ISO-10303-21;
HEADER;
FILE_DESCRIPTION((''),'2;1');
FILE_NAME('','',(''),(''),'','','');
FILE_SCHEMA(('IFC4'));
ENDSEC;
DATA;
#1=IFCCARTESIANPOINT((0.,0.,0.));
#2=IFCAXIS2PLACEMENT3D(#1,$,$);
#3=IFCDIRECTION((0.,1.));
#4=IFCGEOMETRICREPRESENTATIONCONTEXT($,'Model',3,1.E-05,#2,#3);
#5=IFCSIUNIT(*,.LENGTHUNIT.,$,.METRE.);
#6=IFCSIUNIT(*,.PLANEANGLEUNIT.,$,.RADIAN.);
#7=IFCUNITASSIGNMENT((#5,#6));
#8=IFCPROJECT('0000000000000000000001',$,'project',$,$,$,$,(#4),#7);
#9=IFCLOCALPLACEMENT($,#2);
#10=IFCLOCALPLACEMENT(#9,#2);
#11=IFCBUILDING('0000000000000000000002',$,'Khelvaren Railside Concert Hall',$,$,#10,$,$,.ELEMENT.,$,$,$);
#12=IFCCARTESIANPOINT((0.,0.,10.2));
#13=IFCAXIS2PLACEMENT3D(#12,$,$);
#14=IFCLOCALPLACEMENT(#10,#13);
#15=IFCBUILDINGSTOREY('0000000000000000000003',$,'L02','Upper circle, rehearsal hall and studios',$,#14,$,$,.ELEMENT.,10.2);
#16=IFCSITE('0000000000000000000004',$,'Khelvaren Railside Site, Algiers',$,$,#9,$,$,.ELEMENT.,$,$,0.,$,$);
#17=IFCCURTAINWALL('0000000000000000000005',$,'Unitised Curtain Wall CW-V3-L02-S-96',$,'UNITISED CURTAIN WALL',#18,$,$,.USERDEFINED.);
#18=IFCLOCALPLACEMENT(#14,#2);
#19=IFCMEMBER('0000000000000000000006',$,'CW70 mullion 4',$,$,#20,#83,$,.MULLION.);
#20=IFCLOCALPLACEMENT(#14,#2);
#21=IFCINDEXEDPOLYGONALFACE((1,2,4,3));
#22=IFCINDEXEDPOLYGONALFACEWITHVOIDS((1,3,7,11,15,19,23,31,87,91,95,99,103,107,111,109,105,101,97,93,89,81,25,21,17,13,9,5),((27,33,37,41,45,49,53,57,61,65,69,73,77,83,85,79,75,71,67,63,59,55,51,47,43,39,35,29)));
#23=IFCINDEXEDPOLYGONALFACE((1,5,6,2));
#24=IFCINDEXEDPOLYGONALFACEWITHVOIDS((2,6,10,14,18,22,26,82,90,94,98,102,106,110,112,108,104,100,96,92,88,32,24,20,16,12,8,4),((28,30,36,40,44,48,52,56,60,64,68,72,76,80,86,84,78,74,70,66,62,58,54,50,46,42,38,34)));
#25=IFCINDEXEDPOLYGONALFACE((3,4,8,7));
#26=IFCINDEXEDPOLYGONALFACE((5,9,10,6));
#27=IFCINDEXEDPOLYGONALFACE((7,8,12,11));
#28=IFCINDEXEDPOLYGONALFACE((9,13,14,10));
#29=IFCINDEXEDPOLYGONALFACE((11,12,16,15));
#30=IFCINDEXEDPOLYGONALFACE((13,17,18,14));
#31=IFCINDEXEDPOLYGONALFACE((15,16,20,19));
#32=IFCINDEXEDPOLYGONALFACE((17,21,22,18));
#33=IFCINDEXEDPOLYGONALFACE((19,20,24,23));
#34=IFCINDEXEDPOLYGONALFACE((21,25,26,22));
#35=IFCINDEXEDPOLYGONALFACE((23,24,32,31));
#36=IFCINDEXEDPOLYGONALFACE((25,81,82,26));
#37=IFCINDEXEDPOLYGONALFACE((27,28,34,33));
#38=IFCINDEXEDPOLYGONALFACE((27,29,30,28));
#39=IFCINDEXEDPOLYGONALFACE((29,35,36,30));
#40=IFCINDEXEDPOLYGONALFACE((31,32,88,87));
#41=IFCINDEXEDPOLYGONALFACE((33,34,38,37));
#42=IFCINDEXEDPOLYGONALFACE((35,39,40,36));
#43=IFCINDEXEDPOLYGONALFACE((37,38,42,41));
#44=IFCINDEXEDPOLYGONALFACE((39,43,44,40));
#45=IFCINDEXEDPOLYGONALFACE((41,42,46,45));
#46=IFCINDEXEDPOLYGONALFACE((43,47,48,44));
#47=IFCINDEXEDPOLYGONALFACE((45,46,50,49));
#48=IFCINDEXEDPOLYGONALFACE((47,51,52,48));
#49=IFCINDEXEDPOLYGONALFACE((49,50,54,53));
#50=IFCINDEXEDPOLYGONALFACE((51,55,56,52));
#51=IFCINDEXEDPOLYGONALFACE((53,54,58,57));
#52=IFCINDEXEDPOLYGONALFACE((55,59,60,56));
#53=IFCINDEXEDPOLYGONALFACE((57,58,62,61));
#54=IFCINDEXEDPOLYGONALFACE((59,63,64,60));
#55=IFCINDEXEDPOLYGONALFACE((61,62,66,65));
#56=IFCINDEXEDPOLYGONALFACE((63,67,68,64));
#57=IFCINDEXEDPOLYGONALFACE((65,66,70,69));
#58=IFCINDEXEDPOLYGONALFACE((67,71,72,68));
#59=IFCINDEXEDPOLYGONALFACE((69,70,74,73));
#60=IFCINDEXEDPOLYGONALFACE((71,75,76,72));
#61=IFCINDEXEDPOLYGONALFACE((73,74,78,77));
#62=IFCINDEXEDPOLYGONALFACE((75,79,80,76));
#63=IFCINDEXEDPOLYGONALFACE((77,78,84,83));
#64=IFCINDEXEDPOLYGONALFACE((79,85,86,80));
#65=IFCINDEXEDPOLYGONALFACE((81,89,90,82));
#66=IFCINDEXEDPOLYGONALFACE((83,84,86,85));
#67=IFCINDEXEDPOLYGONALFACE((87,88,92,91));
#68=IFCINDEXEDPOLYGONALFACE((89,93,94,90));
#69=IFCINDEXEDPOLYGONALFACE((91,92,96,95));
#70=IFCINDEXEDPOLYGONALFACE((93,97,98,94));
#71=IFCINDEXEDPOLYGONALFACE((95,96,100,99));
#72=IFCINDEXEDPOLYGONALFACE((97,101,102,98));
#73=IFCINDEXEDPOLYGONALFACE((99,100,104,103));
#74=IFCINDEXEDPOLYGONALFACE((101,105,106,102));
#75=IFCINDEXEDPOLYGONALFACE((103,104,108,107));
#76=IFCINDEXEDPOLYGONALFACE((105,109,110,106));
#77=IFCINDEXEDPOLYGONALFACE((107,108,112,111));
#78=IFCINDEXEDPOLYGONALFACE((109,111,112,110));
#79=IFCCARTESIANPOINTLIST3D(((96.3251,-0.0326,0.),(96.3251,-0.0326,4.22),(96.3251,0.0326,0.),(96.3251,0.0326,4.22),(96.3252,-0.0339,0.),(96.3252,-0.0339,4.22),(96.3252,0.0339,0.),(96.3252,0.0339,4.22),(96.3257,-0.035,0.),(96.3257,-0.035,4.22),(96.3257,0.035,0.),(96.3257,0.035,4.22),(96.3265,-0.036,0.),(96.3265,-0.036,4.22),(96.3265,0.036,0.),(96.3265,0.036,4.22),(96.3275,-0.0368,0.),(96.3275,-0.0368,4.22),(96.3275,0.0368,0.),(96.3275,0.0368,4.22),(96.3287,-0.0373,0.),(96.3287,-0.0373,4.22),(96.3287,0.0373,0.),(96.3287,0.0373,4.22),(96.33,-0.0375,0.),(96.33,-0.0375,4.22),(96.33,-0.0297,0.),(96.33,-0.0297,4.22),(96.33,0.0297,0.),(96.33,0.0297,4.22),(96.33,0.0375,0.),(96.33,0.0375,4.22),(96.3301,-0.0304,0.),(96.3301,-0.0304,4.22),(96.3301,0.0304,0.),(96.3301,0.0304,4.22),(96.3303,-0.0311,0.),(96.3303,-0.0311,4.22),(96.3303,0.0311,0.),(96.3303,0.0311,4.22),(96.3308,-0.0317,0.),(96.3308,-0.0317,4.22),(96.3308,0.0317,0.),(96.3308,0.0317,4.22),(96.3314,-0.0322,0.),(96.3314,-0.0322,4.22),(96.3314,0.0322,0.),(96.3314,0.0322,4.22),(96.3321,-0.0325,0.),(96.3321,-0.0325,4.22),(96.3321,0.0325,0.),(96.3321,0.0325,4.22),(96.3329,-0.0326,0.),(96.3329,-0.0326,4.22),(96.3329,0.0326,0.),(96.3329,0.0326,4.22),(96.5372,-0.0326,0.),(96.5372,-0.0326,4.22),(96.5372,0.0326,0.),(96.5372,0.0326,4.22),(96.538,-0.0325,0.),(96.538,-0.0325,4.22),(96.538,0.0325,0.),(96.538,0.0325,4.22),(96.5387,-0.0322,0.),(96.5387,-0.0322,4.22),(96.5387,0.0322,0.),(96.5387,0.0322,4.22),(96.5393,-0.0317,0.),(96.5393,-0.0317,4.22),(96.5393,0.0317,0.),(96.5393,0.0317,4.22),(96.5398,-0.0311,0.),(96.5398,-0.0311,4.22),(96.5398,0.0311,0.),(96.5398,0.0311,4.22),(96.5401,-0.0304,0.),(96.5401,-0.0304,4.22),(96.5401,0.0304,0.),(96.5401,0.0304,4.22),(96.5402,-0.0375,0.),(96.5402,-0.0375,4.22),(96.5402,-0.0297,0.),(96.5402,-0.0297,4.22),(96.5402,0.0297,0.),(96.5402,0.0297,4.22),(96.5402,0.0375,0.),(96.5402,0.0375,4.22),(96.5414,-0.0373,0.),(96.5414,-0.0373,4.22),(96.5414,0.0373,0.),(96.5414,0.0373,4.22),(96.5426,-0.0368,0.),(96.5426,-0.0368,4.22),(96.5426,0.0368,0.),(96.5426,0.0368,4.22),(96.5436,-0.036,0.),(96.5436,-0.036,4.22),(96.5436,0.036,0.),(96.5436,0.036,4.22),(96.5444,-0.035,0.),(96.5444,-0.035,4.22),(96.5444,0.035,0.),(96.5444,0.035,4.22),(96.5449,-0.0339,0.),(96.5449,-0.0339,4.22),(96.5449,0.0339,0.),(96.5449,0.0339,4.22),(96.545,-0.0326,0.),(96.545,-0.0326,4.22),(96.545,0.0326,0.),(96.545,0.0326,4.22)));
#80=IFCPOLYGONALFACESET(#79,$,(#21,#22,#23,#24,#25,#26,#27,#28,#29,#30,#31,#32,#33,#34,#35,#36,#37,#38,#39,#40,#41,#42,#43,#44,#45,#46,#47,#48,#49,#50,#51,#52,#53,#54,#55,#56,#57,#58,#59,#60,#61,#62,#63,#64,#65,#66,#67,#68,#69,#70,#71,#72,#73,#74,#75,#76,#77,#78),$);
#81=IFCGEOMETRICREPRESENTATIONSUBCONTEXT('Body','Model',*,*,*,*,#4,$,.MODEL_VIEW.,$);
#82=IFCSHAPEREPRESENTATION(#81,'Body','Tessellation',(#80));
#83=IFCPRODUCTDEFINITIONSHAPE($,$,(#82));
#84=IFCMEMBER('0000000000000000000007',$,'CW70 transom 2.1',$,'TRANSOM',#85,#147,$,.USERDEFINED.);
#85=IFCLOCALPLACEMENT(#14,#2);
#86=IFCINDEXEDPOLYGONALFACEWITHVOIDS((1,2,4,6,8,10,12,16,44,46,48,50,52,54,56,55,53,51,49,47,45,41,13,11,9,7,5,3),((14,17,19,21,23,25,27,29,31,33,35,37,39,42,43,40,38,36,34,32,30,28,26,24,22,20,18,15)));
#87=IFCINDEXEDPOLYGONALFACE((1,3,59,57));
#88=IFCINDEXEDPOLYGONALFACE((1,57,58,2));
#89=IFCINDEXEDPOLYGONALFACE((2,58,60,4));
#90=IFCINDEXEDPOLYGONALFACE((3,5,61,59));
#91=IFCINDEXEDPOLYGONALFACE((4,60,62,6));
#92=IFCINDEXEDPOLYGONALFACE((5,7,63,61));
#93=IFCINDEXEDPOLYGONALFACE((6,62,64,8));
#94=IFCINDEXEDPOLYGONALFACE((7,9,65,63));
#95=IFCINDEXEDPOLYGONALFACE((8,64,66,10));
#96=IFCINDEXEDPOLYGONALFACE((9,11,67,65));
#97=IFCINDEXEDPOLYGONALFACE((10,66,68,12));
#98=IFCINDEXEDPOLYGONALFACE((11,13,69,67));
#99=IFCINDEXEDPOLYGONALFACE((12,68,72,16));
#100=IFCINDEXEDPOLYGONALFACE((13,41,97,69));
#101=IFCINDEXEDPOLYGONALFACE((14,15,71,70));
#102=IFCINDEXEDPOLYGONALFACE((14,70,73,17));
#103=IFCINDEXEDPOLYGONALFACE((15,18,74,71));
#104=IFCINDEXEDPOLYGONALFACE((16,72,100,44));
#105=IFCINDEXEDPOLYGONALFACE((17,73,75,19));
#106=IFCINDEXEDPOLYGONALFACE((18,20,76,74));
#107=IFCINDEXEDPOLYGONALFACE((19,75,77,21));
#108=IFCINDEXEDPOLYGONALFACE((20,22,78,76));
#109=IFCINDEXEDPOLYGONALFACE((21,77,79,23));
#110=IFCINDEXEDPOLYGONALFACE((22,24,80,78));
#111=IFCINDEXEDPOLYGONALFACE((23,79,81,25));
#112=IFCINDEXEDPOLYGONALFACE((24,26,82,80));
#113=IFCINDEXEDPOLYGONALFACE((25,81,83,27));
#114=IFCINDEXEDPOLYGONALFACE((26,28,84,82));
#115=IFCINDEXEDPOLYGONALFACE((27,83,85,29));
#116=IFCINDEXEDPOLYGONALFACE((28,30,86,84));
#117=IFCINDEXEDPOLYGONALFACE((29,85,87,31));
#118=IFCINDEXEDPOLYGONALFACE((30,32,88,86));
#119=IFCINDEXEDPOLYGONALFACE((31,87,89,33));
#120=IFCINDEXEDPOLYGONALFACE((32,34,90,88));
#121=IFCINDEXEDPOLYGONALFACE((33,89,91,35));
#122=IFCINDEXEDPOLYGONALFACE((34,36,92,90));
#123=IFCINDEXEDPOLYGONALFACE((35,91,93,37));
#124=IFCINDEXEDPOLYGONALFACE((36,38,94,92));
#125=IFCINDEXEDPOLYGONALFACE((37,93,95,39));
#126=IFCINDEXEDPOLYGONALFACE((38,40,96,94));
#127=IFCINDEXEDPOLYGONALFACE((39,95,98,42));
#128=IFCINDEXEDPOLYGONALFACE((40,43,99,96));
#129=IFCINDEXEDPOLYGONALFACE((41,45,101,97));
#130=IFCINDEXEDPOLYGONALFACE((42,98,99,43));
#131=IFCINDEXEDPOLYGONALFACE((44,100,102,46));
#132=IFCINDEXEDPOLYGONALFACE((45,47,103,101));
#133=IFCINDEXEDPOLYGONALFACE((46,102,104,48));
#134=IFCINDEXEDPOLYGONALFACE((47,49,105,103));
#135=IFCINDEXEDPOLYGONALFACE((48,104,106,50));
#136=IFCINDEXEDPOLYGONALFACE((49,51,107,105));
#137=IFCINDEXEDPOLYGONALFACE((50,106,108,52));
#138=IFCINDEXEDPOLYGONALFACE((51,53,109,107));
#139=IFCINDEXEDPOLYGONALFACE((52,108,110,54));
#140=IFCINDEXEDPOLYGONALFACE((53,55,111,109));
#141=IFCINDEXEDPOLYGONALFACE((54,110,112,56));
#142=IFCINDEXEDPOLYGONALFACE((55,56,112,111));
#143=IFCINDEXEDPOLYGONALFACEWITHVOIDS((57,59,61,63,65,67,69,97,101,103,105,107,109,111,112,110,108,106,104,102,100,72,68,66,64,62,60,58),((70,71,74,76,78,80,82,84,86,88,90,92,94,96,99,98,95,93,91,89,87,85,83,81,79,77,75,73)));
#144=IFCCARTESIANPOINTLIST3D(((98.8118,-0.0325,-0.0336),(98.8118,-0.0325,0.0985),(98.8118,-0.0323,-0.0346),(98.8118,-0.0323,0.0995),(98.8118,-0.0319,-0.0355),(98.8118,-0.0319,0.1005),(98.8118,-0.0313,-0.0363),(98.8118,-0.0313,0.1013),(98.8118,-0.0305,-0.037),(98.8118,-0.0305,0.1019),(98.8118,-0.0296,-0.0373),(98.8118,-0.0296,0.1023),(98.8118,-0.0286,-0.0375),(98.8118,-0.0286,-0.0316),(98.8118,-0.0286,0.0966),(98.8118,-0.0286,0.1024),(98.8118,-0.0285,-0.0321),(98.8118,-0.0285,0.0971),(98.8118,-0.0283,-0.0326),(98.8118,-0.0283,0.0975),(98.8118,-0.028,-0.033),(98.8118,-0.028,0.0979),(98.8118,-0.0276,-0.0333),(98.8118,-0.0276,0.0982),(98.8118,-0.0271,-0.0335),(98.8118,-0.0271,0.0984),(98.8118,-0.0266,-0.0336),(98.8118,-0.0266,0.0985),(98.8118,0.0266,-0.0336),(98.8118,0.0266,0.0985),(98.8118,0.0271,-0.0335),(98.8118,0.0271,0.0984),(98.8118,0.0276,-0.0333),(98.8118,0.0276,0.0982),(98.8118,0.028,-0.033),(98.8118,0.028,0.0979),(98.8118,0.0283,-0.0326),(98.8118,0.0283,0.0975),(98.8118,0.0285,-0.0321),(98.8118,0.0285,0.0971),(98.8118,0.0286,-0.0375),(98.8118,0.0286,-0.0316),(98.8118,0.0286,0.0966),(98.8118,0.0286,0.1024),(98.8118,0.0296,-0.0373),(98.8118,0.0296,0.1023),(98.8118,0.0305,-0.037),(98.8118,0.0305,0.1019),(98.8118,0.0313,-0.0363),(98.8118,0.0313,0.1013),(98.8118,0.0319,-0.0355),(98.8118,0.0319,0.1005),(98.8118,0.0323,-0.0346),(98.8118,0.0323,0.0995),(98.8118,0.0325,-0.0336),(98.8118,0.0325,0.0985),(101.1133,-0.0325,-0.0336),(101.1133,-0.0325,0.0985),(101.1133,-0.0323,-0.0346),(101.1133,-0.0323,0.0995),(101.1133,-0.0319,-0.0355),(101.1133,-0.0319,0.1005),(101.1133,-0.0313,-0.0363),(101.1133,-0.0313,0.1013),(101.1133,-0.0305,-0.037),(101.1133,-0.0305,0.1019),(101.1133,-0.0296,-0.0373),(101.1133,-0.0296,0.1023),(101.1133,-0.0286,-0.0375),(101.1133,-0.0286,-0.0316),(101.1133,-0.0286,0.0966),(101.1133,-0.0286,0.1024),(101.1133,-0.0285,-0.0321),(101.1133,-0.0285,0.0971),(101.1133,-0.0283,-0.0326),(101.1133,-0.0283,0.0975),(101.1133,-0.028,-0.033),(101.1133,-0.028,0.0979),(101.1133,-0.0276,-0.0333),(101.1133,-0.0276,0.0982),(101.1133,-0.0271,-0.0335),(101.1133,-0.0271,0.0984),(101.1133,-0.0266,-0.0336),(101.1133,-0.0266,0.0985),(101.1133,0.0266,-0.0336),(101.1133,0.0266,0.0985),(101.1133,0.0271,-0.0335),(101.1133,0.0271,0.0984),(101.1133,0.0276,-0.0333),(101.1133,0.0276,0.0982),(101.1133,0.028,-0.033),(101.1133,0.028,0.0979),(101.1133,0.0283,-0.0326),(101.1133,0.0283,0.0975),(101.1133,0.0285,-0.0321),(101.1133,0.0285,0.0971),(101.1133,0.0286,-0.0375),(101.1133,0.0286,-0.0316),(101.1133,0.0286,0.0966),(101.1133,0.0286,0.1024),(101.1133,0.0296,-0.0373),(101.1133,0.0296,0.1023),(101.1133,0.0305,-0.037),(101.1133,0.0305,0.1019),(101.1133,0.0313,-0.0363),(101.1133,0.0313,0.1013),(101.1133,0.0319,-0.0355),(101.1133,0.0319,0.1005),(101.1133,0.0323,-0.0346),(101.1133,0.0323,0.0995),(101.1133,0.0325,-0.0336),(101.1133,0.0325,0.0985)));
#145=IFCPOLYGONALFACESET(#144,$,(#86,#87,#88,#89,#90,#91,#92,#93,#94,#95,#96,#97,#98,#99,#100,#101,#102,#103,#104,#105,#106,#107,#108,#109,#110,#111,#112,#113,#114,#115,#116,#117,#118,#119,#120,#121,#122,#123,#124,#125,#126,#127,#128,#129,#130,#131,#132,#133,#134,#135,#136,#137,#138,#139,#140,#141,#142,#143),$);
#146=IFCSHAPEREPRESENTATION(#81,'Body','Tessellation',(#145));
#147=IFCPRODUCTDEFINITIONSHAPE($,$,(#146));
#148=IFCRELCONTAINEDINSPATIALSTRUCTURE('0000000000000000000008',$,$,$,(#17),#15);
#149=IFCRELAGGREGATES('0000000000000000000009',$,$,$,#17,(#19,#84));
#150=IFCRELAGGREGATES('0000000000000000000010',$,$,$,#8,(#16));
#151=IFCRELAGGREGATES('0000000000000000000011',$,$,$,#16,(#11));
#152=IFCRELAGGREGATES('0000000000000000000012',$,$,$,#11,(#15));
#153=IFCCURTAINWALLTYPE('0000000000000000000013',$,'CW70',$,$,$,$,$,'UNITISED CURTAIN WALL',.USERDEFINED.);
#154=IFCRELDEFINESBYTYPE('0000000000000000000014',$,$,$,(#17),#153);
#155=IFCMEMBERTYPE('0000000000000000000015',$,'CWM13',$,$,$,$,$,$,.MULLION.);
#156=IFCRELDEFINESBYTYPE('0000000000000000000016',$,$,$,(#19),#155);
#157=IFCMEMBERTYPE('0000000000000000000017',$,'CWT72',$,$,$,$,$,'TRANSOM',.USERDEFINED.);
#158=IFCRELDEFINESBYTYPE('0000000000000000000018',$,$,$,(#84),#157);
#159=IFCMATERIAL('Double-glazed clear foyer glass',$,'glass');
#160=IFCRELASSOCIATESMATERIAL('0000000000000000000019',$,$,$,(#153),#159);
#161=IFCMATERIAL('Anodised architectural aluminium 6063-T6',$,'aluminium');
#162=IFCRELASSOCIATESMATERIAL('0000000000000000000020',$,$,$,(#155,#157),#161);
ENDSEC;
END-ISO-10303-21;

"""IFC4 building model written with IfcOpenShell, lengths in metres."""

from ifc_helpers import new_model, si_unit, direction, frame, origin, origin_2d, place, context, subcontext, project, spatial, hollow_rectangle, extrude, material, material_profile, profile_set, type_object, element, aggregate, save


model = new_model("IFC4")

# Units and contexts
model_context = context("Model", 3, precision=1e-05, world=origin(), true_north=direction((0.0, 1.0)))
body_context = subcontext(model_context, "Body", "Model", "MODEL_VIEW")
ifc_project = project(units=[si_unit("LENGTHUNIT", "METRE"), si_unit("PLANEANGLEUNIT", "RADIAN")], contexts=[model_context])

# Site, building, storey
site_placement = place(None, origin())
site = spatial("IfcSite", under=ifc_project, at=site_placement, Name="Khelvaren Railside Site, Algiers", CompositionType="ELEMENT", RefElevation=0.0)
building_placement = place(site_placement, origin())
building = spatial("IfcBuilding", under=site, at=building_placement, Name="Khelvaren Railside Concert Hall", CompositionType="ELEMENT")
storey_placement = place(building_placement, frame((0.0, 0.0, 10.2)))
storey = spatial("IfcBuildingStorey", under=building, at=storey_placement, Name="L02", Description="Upper circle, rehearsal hall and studios", CompositionType="ELEMENT", Elevation=10.2)

# Curtain wall, members
ifc_material_1 = material(Name="Double-glazed clear foyer glass", Category="glass")
curtain_wall_type = type_object("IfcCurtainWallType", Name="CW70", ElementType="UNITISED CURTAIN WALL", PredefinedType="USERDEFINED", material=ifc_material_1)
curtain_wall_placement = place(storey_placement, origin())
curtain_wall = element("IfcCurtainWall", 1, at=curtain_wall_placement, inside=storey, type_object=curtain_wall_type, Name="Unitised Curtain Wall CW-V3-L02-S-96", ObjectType="UNITISED CURTAIN WALL", PredefinedType="USERDEFINED")
ifc_material_2 = material(Name="Anodised architectural aluminium 6063-T6", Category="aluminium")
ifc_material_profile_1 = material_profile(ifc_material_2, hollow_rectangle(XDim=0.075, YDim=0.22, WallThickness=0.0049, InnerFilletRadius=0.0029, OuterFilletRadius=0.0049, at=origin_2d()), Name="CWM 75x220x5")
ifc_profile_set_1 = profile_set([ifc_material_profile_1], Name="Anodised architectural aluminium 6063-T6")
member_type_1 = type_object("IfcMemberType", Name="CWM13", PredefinedType="MULLION", material=ifc_profile_set_1)
member_1_placement = place(storey_placement, frame((96.4351, 0.0, 0.0), z_axis=(0.0, 0.0, 1.0), x_axis=(0.0, -1.0, 0.0)))
member_1 = element("IfcMember", 2, at=member_1_placement, type_object=member_type_1, Name="CW70 mullion 4", PredefinedType="MULLION", context=body_context, shape_type="SweptSolid", body=[
    extrude(hollow_rectangle(XDim=0.075, YDim=0.22, WallThickness=0.0049, InnerFilletRadius=0.0029, OuterFilletRadius=0.0049, at=origin_2d()), origin(), (0.0, 0.0, 1.0), 4.22),
])
ifc_material_profile_2 = material_profile(ifc_material_2, hollow_rectangle(XDim=0.0649, YDim=0.1399, WallThickness=0.0039, InnerFilletRadius=0.002, OuterFilletRadius=0.0039, at=origin_2d()), Name="CWT 65x140x4")
ifc_profile_set_2 = profile_set([ifc_material_profile_2], Name="Anodised architectural aluminium 6063-T6")
member_type_2 = type_object("IfcMemberType", Name="CWT72", ElementType="TRANSOM", PredefinedType="USERDEFINED", material=ifc_profile_set_2)
member_2_placement = place(storey_placement, frame((101.1133, 0.0, 0.0325), z_axis=(-1.0, 0.0, 0.0), x_axis=(0.0, -1.0, 0.0)))
member_2 = element("IfcMember", 3, at=member_2_placement, type_object=member_type_2, Name="CW70 transom 2.1", ObjectType="TRANSOM", PredefinedType="USERDEFINED", context=body_context, shape_type="SweptSolid", body=[
    extrude(hollow_rectangle(XDim=0.0649, YDim=0.1399, WallThickness=0.0039, InnerFilletRadius=0.002, OuterFilletRadius=0.0039, at=origin_2d()), origin(), (0.0, 0.0, 1.0), 2.3015),
])

aggregate(curtain_wall, [member_1, member_2])

save(model, "model.ifc")
